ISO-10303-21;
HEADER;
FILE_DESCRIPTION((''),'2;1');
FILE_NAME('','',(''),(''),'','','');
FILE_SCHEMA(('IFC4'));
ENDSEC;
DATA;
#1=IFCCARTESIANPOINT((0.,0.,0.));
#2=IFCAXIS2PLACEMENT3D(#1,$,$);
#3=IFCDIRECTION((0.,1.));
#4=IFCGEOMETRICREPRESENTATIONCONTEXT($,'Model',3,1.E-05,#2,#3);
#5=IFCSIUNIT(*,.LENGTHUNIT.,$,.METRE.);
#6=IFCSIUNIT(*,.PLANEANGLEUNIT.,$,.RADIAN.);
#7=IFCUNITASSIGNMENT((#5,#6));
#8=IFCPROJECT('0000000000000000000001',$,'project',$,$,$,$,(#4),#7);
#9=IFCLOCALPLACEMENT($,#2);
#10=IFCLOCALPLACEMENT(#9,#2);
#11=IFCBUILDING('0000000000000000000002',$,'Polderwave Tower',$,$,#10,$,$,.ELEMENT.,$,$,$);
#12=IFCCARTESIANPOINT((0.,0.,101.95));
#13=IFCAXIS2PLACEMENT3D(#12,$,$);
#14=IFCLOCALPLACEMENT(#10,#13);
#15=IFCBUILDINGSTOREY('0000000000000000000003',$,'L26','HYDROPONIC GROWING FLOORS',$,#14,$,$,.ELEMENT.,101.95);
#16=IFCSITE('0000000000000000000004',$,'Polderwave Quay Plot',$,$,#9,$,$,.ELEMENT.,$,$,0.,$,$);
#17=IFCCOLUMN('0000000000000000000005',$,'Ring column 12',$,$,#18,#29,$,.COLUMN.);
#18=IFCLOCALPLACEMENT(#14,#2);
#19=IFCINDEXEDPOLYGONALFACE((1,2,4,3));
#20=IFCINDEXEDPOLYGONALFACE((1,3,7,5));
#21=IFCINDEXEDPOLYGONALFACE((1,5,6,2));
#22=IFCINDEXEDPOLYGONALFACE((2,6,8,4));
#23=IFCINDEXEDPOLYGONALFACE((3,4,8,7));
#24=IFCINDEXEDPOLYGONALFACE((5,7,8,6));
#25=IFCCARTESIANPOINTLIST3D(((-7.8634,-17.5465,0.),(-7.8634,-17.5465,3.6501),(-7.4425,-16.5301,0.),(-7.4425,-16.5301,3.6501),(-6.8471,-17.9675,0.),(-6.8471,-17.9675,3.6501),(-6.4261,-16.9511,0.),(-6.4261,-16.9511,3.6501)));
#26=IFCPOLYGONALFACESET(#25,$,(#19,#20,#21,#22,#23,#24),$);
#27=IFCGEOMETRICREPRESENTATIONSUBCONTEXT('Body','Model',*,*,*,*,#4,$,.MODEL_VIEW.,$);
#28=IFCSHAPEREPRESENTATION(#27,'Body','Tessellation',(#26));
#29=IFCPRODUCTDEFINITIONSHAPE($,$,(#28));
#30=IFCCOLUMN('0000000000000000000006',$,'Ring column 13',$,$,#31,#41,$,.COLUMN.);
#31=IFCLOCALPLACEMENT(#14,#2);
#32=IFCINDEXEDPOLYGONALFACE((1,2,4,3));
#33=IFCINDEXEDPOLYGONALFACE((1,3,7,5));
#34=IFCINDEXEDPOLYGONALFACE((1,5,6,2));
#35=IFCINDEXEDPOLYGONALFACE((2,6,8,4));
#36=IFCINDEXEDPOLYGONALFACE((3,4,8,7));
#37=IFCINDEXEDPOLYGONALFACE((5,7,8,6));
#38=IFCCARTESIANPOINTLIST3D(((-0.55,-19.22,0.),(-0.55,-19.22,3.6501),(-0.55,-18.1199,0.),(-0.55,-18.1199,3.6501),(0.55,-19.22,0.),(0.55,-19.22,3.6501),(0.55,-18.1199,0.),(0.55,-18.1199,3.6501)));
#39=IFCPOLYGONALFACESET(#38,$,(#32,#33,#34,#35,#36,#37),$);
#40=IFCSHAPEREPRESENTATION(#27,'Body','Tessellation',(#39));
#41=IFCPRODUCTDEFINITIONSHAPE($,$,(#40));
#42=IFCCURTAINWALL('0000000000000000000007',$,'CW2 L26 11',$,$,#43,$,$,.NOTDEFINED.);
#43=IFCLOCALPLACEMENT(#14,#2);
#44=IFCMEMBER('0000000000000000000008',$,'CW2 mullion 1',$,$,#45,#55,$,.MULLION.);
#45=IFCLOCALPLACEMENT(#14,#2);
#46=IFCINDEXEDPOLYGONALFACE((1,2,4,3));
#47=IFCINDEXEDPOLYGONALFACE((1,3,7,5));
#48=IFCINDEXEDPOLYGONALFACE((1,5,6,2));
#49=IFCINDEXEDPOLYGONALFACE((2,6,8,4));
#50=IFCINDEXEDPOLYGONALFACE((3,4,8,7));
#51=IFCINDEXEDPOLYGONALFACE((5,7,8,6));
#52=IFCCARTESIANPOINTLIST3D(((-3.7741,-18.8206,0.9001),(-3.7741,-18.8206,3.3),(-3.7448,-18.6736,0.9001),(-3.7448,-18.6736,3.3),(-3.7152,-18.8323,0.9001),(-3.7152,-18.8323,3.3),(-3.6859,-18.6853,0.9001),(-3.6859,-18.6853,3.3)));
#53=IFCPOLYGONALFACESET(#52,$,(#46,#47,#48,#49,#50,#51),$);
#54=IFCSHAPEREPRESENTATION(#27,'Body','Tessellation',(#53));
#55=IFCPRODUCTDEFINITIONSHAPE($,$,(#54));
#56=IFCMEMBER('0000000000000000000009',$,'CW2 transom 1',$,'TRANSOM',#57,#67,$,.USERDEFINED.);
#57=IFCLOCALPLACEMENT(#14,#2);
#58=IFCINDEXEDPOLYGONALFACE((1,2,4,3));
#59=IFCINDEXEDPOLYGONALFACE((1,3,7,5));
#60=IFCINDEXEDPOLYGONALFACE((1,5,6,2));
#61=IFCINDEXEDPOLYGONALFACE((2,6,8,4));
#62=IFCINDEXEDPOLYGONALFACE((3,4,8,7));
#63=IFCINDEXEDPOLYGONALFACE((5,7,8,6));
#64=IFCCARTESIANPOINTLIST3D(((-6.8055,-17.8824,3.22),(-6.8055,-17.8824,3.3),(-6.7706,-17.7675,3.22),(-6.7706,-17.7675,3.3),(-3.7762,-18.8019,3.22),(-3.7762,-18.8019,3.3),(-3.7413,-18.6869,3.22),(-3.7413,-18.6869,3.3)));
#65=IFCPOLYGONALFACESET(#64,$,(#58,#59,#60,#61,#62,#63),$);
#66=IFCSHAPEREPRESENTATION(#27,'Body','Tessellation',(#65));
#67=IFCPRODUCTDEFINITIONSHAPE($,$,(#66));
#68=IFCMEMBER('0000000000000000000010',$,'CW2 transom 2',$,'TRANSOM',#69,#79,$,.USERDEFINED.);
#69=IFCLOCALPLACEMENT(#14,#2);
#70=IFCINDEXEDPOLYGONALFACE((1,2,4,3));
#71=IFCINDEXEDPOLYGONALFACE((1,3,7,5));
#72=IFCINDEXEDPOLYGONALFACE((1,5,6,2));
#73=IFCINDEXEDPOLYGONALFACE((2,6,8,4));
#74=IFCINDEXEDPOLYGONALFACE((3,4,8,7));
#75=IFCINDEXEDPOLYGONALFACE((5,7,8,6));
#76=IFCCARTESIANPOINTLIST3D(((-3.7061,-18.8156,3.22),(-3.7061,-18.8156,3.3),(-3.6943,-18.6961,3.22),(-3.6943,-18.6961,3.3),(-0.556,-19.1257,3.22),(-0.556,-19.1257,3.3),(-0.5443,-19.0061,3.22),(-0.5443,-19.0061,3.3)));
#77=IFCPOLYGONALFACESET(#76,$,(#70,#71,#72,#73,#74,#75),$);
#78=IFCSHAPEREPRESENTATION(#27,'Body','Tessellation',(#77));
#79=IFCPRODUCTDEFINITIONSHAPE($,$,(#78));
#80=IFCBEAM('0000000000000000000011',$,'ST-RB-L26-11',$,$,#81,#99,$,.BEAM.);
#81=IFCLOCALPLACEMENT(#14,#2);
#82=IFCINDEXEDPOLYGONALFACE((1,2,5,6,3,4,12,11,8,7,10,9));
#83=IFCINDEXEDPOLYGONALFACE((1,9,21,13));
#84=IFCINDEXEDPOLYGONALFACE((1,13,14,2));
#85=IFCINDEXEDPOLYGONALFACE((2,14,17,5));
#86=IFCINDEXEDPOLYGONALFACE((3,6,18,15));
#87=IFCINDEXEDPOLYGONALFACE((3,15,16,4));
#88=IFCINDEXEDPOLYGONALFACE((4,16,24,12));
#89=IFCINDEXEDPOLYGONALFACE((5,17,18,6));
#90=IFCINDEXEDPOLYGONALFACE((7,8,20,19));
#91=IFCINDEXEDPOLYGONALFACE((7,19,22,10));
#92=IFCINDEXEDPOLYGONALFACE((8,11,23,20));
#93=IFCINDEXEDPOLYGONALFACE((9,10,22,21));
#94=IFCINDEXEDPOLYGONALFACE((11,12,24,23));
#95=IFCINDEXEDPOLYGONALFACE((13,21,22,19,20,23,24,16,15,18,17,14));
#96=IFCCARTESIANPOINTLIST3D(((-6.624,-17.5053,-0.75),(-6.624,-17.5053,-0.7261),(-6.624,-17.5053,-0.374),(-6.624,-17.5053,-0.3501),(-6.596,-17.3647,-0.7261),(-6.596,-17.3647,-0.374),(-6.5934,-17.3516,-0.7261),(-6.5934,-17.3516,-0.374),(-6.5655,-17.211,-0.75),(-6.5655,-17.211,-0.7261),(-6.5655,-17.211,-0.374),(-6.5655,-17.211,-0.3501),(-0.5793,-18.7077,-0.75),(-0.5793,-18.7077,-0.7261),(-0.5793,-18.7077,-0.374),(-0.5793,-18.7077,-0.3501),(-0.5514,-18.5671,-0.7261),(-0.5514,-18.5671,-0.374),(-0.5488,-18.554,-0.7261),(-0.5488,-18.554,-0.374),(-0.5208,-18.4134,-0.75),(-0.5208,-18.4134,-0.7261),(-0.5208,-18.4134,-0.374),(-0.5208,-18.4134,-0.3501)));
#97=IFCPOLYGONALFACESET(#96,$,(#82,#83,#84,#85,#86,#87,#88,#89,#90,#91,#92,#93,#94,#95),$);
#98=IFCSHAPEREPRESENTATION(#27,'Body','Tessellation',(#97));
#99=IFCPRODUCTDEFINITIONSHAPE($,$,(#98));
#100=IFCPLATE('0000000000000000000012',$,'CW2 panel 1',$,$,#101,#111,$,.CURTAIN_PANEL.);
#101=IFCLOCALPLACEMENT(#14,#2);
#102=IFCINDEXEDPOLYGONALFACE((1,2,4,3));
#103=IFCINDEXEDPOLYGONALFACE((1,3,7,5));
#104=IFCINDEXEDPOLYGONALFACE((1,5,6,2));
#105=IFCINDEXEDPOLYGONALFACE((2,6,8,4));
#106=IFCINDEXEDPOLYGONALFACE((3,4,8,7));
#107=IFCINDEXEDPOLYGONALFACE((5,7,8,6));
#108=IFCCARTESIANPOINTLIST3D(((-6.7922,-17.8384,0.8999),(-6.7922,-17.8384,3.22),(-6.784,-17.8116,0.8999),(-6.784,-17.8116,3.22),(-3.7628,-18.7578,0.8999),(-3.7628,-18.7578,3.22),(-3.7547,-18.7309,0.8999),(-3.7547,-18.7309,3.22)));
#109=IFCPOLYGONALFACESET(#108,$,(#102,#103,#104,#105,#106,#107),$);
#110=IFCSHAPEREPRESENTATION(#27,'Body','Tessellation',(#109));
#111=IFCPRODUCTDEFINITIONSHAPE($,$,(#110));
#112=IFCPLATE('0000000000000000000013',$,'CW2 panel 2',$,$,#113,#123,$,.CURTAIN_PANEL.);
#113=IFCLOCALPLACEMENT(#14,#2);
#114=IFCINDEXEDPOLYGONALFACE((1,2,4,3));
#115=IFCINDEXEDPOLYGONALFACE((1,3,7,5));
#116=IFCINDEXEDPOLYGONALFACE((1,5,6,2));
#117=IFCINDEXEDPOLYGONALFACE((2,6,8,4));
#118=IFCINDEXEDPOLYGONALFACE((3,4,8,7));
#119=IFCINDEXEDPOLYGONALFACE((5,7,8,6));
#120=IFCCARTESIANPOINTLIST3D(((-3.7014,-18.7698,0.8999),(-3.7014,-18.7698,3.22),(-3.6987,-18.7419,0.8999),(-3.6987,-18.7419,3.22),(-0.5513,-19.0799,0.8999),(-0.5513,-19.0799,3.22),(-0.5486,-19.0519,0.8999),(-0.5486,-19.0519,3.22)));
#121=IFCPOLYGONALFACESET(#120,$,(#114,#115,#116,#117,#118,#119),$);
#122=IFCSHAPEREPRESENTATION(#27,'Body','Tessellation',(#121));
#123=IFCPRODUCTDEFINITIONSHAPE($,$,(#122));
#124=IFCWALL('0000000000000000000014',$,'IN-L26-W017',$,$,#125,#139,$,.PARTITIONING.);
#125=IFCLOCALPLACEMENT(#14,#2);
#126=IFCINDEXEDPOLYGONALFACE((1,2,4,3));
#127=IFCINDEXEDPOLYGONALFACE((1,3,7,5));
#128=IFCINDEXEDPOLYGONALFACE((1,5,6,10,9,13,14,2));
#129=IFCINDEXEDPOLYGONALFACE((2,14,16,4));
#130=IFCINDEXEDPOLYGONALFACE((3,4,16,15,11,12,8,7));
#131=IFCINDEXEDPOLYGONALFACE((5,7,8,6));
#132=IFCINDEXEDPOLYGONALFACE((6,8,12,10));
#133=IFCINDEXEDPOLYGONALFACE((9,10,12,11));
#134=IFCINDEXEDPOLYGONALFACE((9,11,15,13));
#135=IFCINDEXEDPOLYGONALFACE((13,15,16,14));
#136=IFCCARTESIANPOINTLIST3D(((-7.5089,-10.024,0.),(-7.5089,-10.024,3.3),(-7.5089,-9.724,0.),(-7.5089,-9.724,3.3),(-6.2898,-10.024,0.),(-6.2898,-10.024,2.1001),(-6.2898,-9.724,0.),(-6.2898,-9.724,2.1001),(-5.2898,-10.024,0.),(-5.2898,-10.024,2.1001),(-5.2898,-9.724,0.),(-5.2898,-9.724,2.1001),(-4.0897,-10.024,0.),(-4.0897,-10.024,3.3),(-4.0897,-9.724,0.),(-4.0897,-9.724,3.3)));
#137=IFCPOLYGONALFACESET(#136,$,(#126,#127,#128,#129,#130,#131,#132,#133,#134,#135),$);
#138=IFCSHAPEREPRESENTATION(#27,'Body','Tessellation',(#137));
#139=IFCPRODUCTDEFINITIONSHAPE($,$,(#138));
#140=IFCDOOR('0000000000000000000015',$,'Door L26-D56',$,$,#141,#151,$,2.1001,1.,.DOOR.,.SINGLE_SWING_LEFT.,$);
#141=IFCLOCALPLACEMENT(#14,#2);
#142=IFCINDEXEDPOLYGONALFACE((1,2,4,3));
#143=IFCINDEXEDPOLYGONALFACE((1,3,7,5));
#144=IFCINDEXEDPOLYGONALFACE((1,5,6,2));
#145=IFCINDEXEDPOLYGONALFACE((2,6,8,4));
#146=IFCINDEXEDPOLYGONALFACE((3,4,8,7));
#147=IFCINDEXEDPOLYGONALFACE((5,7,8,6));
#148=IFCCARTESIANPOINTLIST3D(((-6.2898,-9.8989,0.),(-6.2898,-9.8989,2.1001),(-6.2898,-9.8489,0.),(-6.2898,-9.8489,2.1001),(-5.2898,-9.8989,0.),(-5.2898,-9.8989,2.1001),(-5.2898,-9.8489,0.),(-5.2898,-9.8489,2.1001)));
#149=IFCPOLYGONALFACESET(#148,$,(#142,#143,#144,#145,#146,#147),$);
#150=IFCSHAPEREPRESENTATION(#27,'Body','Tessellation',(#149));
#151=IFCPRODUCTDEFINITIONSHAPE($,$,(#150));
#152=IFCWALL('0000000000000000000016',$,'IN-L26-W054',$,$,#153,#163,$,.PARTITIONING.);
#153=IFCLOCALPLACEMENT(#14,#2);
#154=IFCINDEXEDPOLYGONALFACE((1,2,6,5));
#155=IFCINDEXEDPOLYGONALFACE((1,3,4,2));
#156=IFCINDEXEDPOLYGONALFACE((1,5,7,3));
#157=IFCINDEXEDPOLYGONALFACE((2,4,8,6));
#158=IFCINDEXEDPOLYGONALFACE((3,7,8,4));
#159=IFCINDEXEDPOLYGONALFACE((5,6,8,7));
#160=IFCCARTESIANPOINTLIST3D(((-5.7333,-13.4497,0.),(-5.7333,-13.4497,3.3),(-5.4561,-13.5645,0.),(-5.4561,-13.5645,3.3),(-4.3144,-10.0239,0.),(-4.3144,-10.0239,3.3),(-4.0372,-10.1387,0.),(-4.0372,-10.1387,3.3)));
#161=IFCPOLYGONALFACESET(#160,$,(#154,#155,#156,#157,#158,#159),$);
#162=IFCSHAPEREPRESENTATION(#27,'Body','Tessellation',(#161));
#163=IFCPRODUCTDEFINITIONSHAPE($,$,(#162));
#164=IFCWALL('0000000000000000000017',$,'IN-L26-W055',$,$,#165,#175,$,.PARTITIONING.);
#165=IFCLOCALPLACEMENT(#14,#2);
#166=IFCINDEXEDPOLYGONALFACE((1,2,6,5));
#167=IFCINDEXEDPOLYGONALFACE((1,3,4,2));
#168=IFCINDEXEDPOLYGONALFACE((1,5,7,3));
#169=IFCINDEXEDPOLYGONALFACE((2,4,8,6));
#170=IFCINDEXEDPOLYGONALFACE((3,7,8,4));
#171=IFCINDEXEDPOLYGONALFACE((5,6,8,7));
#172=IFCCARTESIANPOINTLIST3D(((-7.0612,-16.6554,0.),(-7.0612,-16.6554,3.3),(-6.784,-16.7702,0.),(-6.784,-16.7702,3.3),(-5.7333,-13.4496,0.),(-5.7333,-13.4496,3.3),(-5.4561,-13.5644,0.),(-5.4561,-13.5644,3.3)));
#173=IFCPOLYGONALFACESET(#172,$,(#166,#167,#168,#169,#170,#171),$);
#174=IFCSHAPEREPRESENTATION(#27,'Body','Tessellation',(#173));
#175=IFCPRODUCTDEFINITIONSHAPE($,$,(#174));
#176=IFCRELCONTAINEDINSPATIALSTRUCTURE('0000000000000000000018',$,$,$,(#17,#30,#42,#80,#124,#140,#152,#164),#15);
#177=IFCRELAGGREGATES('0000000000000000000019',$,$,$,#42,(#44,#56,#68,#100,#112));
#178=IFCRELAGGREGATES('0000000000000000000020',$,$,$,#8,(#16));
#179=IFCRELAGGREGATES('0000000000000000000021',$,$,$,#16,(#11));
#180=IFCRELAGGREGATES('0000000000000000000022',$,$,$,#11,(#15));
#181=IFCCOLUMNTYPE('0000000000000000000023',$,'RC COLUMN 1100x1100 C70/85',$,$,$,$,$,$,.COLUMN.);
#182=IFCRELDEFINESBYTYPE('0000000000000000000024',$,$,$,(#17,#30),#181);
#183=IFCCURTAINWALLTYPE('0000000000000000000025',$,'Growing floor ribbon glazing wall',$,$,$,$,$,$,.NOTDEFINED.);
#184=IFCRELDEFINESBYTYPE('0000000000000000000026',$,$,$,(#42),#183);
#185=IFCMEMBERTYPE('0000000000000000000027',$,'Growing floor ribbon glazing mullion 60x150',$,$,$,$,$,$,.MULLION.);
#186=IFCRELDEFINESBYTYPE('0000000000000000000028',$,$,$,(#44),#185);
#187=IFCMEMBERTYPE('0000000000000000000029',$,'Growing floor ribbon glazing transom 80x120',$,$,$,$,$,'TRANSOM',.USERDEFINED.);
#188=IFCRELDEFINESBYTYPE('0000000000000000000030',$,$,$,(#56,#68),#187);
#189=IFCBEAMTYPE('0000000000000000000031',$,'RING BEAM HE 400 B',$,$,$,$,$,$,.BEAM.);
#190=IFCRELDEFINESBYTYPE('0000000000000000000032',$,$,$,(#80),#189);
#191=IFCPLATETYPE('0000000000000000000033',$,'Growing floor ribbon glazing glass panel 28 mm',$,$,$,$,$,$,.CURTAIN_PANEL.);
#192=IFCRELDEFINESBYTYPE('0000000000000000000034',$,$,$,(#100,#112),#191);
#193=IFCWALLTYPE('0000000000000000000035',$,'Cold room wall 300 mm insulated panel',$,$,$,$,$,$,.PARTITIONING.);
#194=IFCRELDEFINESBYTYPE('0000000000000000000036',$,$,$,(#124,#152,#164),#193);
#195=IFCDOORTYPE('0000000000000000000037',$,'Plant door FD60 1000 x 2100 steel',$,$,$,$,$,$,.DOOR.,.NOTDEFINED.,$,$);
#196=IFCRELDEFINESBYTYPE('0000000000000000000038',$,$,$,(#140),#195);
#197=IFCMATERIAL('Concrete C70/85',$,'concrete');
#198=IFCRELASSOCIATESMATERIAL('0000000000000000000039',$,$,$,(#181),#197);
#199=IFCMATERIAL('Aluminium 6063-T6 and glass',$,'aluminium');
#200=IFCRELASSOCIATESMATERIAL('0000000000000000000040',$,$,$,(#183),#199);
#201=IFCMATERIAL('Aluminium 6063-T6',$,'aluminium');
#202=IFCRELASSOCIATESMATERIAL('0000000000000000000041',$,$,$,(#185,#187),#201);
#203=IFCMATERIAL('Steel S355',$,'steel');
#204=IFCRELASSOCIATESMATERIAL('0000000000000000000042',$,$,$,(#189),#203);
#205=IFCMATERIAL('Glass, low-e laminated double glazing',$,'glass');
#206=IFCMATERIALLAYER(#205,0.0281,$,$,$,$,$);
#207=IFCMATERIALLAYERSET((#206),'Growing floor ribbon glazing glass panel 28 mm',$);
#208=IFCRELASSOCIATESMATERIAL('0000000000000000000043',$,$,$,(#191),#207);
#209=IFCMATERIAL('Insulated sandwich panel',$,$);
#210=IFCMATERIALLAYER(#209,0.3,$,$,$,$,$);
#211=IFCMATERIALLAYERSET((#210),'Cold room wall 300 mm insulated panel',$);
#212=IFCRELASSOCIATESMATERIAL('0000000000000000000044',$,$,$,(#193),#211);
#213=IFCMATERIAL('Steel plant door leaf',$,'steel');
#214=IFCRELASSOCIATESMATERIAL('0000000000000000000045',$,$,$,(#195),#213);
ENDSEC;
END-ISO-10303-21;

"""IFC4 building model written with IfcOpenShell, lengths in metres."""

from ifc_helpers import new_model, si_unit, direction, frame, frame_2d, origin, origin_2d, place, context, subcontext, project, spatial, rectangle, i_section, extrude, material, layer, layer_set, material_profile, profile_set, type_object, element, fill, aggregate, save


model = new_model("IFC4")

# Units and contexts
model_context = context("Model", 3, precision=1e-05, world=origin(), true_north=direction((0.0, 1.0)))
body_context = subcontext(model_context, "Body", "Model", "MODEL_VIEW")
ifc_project = project(units=[si_unit("LENGTHUNIT", "METRE"), si_unit("PLANEANGLEUNIT", "RADIAN")], contexts=[model_context])

# Site, building, storey
site_placement = place(None, origin())
site = spatial("IfcSite", under=ifc_project, at=site_placement, Name="Polderwave Quay Plot", CompositionType="ELEMENT", RefElevation=0.0)
building_placement = place(site_placement, origin())
building = spatial("IfcBuilding", under=site, at=building_placement, Name="Polderwave Tower", CompositionType="ELEMENT")
storey_placement = place(building_placement, frame((0.0, 0.0, 101.95)))
storey = spatial("IfcBuildingStorey", under=building, at=storey_placement, Name="L26", Description="HYDROPONIC GROWING FLOORS", CompositionType="ELEMENT", Elevation=101.95)

# Columns
ifc_material_1 = material(Name="Concrete C70/85", Category="concrete")
ifc_material_profile_1 = material_profile(ifc_material_1, rectangle(XDim=1.1001, YDim=1.1001, at=origin_2d()), Name="RC 1100x1100")
ifc_profile_set_1 = profile_set([ifc_material_profile_1], Name="Concrete C70/85")
column_type = type_object("IfcColumnType", Name="RC COLUMN 1100x1100 C70/85", PredefinedType="COLUMN", material=ifc_profile_set_1)
for number, where, z_axis, x_axis, name in (
    (1, (-7.1448, -17.2488, 0.0), (0.0, 0.0, 1.0), (-0.382683, -0.92388, 0.0), "Ring column 12"),
    (2, (0.0, -18.6699, 0.0), (0.0, 0.0, 1.0), (0.0, -1.0, 0.0), "Ring column 13"),
):
    element("IfcColumn", number, at=place(storey_placement, frame(where, z_axis=z_axis, x_axis=x_axis)), inside=storey, type_object=column_type, Name=name, PredefinedType="COLUMN", context=body_context, shape_type="SweptSolid", body=[
        extrude(rectangle(XDim=1.1001, YDim=1.1001, at=origin_2d()), origin(), (0.0, 0.0, 1.0), 3.6501),
    ])

# Curtain wall, members
ifc_material_2 = material(Name="Aluminium 6063-T6 and glass", Category="aluminium")
curtain_wall_type = type_object("IfcCurtainWallType", Name="Growing floor ribbon glazing wall", PredefinedType="NOTDEFINED", material=ifc_material_2)
curtain_wall_placement = place(storey_placement, origin())
curtain_wall = element("IfcCurtainWall", 3, at=curtain_wall_placement, inside=storey, type_object=curtain_wall_type, Name="CW2 L26 11", PredefinedType="NOTDEFINED")
ifc_material_3 = material(Name="Aluminium 6063-T6", Category="aluminium")
ifc_material_profile_2 = material_profile(ifc_material_3, rectangle(XDim=0.1499, YDim=0.0601, at=origin_2d()), Name="AL 60x150")
ifc_profile_set_2 = profile_set([ifc_material_profile_2], Name="Aluminium 6063-T6")
member_type_1 = type_object("IfcMemberType", Name="Growing floor ribbon glazing mullion 60x150", PredefinedType="MULLION", material=ifc_profile_set_2)
member_1_placement = place(storey_placement, frame((-3.73, -18.7529, 0.9001), z_axis=(0.0, 0.0, 1.0), x_axis=(0.195113, 0.980781, 0.0)))
member_1 = element("IfcMember", 4, at=member_1_placement, type_object=member_type_1, Name="CW2 mullion 1", PredefinedType="MULLION", context=body_context, shape_type="SweptSolid", body=[
    extrude(rectangle(XDim=0.1499, YDim=0.0601, at=origin_2d()), origin(), (0.0, 0.0, 1.0), 2.3999),
])
ifc_material_profile_3 = material_profile(ifc_material_3, rectangle(XDim=0.1201, YDim=0.0801, at=origin_2d()), Name="AL 80x120")
ifc_profile_set_3 = profile_set([ifc_material_profile_3], Name="Aluminium 6063-T6")
member_type_2 = type_object("IfcMemberType", Name="Growing floor ribbon glazing transom 80x120", ElementType="TRANSOM", PredefinedType="USERDEFINED", material=ifc_profile_set_3)
member_2_placement = place(storey_placement, frame((-6.7881, -17.825, 3.26), z_axis=(0.956896, -0.290431, 0.0), x_axis=(0.290431, 0.956896, 0.0)))
member_2 = element("IfcMember", 5, at=member_2_placement, type_object=member_type_2, Name="CW2 transom 1", ObjectType="TRANSOM", PredefinedType="USERDEFINED", context=body_context, shape_type="SweptSolid", body=[
    extrude(rectangle(XDim=0.1201, YDim=0.0801, at=origin_2d()), origin(), (0.0, 0.0, 1.0), 3.1658),
])
member_3_placement = place(storey_placement, frame((-3.7002, -18.7559, 3.26), z_axis=(0.995191, -0.097953, 0.0), x_axis=(0.097953, 0.995191, 0.0)))
member_3 = element("IfcMember", 6, at=member_3_placement, type_object=member_type_2, Name="CW2 transom 2", ObjectType="TRANSOM", PredefinedType="USERDEFINED", context=body_context, shape_type="SweptSolid", body=[
    extrude(rectangle(XDim=0.1201, YDim=0.0801, at=origin_2d()), origin(), (0.0, 0.0, 1.0), 3.1653),
])

# Beam
ifc_material_4 = material(Name="Steel S355", Category="steel")
ifc_material_profile_4 = material_profile(ifc_material_4, i_section(OverallWidth=0.3, OverallDepth=0.3999, WebThickness=0.0134, FlangeThickness=0.0239, at=origin_2d()), Name="HE 400 B")
ifc_profile_set_4 = profile_set([ifc_material_profile_4], Name="Steel S355")
beam_type = type_object("IfcBeamType", Name="RING BEAM HE 400 B", PredefinedType="BEAM", material=ifc_profile_set_4)
beam_placement = place(storey_placement, frame((-6.5947, -17.3582, -0.55), z_axis=(0.980784, -0.195095, 0.0), x_axis=(0.195095, 0.980784, 0.0)))
element("IfcBeam", 7, at=beam_placement, inside=storey, type_object=beam_type, Name="ST-RB-L26-11", PredefinedType="BEAM", context=body_context, shape_type="SweptSolid", body=[
    extrude(i_section(OverallWidth=0.3, OverallDepth=0.3999, WebThickness=0.0134, FlangeThickness=0.0239, at=origin_2d()), origin(), (0.0, 0.0, 1.0), 6.1631),
])

# Plates
ifc_material_5 = material(Name="Glass, low-e laminated double glazing", Category="glass")
ifc_layer_1 = layer(ifc_material_5, 0.0281)
ifc_layer_set_1 = layer_set([ifc_layer_1], Name="Growing floor ribbon glazing glass panel 28 mm")
plate_type = type_object("IfcPlateType", Name="Growing floor ribbon glazing glass panel 28 mm", PredefinedType="CURTAIN_PANEL", material=ifc_layer_set_1)
plate_1_placement = place(storey_placement, frame((-5.2734, -18.2847, 0.8999), z_axis=(0.0, 0.0, 1.0), x_axis=(0.956908, -0.29039, 0.0)))
plate_1 = element("IfcPlate", 8, at=plate_1_placement, type_object=plate_type, Name="CW2 panel 1", PredefinedType="CURTAIN_PANEL", context=body_context, shape_type="SweptSolid", body=[
    extrude(rectangle(XDim=3.1658, YDim=0.0281, at=origin_2d()), origin(), (0.0, 0.0, 1.0), 2.3201),
])
plate_2_placement = place(storey_placement, frame((-2.125, -18.9109, 0.8999), z_axis=(0.0, 0.0, 1.0), x_axis=(0.995191, -0.097955, 0.0)))
plate_2 = element("IfcPlate", 9, at=plate_2_placement, type_object=plate_type, Name="CW2 panel 2", PredefinedType="CURTAIN_PANEL", context=body_context, shape_type="SweptSolid", body=[
    extrude(rectangle(XDim=3.1653, YDim=0.0281, at=origin_2d()), origin(), (0.0, 0.0, 1.0), 2.3201),
])
aggregate(curtain_wall, [member_1, member_2, member_3, plate_1, plate_2])

# Wall, opening, door
ifc_material_6 = material(Name="Insulated sandwich panel")
ifc_layer_2 = layer(ifc_material_6, 0.3)
ifc_layer_set_2 = layer_set([ifc_layer_2], Name="Cold room wall 300 mm insulated panel")
wall_type_1 = type_object("IfcWallType", Name="Cold room wall 300 mm insulated panel", PredefinedType="PARTITIONING", material=ifc_layer_set_2)
wall_1_placement = place(storey_placement, frame((-4.0898, -9.874, 0.0), z_axis=(0.0, 0.0, 1.0), x_axis=(-1.0, 0.0, 0.0)))
wall_1 = element("IfcWall", 10, at=wall_1_placement, inside=storey, type_object=wall_type_1, Name="IN-L26-W017", PredefinedType="PARTITIONING", context=body_context, shape_type="SweptSolid", body=[
    extrude(rectangle(XDim=3.4192, YDim=0.3, at=frame_2d((1.7095, 0.0))), origin(), (0.0, 0.0, 1.0), 3.3),
])
opening_1_placement = place(wall_1_placement, frame((1.2, 0.0, 0.0)))
opening_1 = element("IfcOpeningElement", 11, at=opening_1_placement, cuts=wall_1, PredefinedType="OPENING", context=body_context, shape_type="SweptSolid", body=[
    extrude(rectangle(XDim=1.0, YDim=2.1001, at=frame_2d((0.5, 1.05))), frame((0.0, 0.1599, 0.0), z_axis=(0.0, -1.0, 0.0), x_axis=(1.0, 0.0, 0.0)), (0.0, 0.0, 1.0), 0.3201),
])
ifc_material_7 = material(Name="Steel plant door leaf", Category="steel")
door_type_1 = type_object("IfcDoorType", Name="Plant door FD60 1000 x 2100 steel", OperationType="NOTDEFINED", PredefinedType="DOOR", material=ifc_material_7)
door_1_placement = place(opening_1_placement, origin())
door_1 = element("IfcDoor", 12, at=door_1_placement, inside=storey, type_object=door_type_1, Name="Door L26-D56", OperationType="SINGLE_SWING_LEFT", OverallHeight=2.1001, OverallWidth=1.0, PredefinedType="DOOR", context=body_context, shape_type="SweptSolid", body=[
    extrude(rectangle(XDim=1.0, YDim=2.1001, at=frame_2d((0.5, 1.05))), frame((0.0, 0.0249, 0.0), z_axis=(0.0, -1.0, 0.0), x_axis=(1.0, 0.0, 0.0)), (0.0, 0.0, 1.0), 0.05),
])
fill(opening_1, door_1)

# Walls
wall_2_placement = place(storey_placement, frame((-4.1758, -10.0813, 0.0), z_axis=(0.0, 0.0, 1.0), x_axis=(-0.38267, -0.923885, 0.0)))
element("IfcWall", 13, at=wall_2_placement, inside=storey, type_object=wall_type_1, Name="IN-L26-W054", PredefinedType="PARTITIONING", context=body_context, shape_type="SweptSolid", body=[
    extrude(rectangle(XDim=3.708, YDim=0.3, at=frame_2d((1.854, 0.0))), origin(), (0.0, 0.0, 1.0), 3.3),
])
wall_3_placement = place(storey_placement, frame((-5.5947, -13.5071, 0.0), z_axis=(0.0, 0.0, 1.0), x_axis=(-0.382681, -0.92388, 0.0)))
element("IfcWall", 14, at=wall_3_placement, inside=storey, type_object=wall_type_1, Name="IN-L26-W055", PredefinedType="PARTITIONING", context=body_context, shape_type="SweptSolid", body=[
    extrude(rectangle(XDim=3.47, YDim=0.3, at=frame_2d((1.7349, 0.0))), origin(), (0.0, 0.0, 1.0), 3.3),
])

save(model, "model.ifc")
